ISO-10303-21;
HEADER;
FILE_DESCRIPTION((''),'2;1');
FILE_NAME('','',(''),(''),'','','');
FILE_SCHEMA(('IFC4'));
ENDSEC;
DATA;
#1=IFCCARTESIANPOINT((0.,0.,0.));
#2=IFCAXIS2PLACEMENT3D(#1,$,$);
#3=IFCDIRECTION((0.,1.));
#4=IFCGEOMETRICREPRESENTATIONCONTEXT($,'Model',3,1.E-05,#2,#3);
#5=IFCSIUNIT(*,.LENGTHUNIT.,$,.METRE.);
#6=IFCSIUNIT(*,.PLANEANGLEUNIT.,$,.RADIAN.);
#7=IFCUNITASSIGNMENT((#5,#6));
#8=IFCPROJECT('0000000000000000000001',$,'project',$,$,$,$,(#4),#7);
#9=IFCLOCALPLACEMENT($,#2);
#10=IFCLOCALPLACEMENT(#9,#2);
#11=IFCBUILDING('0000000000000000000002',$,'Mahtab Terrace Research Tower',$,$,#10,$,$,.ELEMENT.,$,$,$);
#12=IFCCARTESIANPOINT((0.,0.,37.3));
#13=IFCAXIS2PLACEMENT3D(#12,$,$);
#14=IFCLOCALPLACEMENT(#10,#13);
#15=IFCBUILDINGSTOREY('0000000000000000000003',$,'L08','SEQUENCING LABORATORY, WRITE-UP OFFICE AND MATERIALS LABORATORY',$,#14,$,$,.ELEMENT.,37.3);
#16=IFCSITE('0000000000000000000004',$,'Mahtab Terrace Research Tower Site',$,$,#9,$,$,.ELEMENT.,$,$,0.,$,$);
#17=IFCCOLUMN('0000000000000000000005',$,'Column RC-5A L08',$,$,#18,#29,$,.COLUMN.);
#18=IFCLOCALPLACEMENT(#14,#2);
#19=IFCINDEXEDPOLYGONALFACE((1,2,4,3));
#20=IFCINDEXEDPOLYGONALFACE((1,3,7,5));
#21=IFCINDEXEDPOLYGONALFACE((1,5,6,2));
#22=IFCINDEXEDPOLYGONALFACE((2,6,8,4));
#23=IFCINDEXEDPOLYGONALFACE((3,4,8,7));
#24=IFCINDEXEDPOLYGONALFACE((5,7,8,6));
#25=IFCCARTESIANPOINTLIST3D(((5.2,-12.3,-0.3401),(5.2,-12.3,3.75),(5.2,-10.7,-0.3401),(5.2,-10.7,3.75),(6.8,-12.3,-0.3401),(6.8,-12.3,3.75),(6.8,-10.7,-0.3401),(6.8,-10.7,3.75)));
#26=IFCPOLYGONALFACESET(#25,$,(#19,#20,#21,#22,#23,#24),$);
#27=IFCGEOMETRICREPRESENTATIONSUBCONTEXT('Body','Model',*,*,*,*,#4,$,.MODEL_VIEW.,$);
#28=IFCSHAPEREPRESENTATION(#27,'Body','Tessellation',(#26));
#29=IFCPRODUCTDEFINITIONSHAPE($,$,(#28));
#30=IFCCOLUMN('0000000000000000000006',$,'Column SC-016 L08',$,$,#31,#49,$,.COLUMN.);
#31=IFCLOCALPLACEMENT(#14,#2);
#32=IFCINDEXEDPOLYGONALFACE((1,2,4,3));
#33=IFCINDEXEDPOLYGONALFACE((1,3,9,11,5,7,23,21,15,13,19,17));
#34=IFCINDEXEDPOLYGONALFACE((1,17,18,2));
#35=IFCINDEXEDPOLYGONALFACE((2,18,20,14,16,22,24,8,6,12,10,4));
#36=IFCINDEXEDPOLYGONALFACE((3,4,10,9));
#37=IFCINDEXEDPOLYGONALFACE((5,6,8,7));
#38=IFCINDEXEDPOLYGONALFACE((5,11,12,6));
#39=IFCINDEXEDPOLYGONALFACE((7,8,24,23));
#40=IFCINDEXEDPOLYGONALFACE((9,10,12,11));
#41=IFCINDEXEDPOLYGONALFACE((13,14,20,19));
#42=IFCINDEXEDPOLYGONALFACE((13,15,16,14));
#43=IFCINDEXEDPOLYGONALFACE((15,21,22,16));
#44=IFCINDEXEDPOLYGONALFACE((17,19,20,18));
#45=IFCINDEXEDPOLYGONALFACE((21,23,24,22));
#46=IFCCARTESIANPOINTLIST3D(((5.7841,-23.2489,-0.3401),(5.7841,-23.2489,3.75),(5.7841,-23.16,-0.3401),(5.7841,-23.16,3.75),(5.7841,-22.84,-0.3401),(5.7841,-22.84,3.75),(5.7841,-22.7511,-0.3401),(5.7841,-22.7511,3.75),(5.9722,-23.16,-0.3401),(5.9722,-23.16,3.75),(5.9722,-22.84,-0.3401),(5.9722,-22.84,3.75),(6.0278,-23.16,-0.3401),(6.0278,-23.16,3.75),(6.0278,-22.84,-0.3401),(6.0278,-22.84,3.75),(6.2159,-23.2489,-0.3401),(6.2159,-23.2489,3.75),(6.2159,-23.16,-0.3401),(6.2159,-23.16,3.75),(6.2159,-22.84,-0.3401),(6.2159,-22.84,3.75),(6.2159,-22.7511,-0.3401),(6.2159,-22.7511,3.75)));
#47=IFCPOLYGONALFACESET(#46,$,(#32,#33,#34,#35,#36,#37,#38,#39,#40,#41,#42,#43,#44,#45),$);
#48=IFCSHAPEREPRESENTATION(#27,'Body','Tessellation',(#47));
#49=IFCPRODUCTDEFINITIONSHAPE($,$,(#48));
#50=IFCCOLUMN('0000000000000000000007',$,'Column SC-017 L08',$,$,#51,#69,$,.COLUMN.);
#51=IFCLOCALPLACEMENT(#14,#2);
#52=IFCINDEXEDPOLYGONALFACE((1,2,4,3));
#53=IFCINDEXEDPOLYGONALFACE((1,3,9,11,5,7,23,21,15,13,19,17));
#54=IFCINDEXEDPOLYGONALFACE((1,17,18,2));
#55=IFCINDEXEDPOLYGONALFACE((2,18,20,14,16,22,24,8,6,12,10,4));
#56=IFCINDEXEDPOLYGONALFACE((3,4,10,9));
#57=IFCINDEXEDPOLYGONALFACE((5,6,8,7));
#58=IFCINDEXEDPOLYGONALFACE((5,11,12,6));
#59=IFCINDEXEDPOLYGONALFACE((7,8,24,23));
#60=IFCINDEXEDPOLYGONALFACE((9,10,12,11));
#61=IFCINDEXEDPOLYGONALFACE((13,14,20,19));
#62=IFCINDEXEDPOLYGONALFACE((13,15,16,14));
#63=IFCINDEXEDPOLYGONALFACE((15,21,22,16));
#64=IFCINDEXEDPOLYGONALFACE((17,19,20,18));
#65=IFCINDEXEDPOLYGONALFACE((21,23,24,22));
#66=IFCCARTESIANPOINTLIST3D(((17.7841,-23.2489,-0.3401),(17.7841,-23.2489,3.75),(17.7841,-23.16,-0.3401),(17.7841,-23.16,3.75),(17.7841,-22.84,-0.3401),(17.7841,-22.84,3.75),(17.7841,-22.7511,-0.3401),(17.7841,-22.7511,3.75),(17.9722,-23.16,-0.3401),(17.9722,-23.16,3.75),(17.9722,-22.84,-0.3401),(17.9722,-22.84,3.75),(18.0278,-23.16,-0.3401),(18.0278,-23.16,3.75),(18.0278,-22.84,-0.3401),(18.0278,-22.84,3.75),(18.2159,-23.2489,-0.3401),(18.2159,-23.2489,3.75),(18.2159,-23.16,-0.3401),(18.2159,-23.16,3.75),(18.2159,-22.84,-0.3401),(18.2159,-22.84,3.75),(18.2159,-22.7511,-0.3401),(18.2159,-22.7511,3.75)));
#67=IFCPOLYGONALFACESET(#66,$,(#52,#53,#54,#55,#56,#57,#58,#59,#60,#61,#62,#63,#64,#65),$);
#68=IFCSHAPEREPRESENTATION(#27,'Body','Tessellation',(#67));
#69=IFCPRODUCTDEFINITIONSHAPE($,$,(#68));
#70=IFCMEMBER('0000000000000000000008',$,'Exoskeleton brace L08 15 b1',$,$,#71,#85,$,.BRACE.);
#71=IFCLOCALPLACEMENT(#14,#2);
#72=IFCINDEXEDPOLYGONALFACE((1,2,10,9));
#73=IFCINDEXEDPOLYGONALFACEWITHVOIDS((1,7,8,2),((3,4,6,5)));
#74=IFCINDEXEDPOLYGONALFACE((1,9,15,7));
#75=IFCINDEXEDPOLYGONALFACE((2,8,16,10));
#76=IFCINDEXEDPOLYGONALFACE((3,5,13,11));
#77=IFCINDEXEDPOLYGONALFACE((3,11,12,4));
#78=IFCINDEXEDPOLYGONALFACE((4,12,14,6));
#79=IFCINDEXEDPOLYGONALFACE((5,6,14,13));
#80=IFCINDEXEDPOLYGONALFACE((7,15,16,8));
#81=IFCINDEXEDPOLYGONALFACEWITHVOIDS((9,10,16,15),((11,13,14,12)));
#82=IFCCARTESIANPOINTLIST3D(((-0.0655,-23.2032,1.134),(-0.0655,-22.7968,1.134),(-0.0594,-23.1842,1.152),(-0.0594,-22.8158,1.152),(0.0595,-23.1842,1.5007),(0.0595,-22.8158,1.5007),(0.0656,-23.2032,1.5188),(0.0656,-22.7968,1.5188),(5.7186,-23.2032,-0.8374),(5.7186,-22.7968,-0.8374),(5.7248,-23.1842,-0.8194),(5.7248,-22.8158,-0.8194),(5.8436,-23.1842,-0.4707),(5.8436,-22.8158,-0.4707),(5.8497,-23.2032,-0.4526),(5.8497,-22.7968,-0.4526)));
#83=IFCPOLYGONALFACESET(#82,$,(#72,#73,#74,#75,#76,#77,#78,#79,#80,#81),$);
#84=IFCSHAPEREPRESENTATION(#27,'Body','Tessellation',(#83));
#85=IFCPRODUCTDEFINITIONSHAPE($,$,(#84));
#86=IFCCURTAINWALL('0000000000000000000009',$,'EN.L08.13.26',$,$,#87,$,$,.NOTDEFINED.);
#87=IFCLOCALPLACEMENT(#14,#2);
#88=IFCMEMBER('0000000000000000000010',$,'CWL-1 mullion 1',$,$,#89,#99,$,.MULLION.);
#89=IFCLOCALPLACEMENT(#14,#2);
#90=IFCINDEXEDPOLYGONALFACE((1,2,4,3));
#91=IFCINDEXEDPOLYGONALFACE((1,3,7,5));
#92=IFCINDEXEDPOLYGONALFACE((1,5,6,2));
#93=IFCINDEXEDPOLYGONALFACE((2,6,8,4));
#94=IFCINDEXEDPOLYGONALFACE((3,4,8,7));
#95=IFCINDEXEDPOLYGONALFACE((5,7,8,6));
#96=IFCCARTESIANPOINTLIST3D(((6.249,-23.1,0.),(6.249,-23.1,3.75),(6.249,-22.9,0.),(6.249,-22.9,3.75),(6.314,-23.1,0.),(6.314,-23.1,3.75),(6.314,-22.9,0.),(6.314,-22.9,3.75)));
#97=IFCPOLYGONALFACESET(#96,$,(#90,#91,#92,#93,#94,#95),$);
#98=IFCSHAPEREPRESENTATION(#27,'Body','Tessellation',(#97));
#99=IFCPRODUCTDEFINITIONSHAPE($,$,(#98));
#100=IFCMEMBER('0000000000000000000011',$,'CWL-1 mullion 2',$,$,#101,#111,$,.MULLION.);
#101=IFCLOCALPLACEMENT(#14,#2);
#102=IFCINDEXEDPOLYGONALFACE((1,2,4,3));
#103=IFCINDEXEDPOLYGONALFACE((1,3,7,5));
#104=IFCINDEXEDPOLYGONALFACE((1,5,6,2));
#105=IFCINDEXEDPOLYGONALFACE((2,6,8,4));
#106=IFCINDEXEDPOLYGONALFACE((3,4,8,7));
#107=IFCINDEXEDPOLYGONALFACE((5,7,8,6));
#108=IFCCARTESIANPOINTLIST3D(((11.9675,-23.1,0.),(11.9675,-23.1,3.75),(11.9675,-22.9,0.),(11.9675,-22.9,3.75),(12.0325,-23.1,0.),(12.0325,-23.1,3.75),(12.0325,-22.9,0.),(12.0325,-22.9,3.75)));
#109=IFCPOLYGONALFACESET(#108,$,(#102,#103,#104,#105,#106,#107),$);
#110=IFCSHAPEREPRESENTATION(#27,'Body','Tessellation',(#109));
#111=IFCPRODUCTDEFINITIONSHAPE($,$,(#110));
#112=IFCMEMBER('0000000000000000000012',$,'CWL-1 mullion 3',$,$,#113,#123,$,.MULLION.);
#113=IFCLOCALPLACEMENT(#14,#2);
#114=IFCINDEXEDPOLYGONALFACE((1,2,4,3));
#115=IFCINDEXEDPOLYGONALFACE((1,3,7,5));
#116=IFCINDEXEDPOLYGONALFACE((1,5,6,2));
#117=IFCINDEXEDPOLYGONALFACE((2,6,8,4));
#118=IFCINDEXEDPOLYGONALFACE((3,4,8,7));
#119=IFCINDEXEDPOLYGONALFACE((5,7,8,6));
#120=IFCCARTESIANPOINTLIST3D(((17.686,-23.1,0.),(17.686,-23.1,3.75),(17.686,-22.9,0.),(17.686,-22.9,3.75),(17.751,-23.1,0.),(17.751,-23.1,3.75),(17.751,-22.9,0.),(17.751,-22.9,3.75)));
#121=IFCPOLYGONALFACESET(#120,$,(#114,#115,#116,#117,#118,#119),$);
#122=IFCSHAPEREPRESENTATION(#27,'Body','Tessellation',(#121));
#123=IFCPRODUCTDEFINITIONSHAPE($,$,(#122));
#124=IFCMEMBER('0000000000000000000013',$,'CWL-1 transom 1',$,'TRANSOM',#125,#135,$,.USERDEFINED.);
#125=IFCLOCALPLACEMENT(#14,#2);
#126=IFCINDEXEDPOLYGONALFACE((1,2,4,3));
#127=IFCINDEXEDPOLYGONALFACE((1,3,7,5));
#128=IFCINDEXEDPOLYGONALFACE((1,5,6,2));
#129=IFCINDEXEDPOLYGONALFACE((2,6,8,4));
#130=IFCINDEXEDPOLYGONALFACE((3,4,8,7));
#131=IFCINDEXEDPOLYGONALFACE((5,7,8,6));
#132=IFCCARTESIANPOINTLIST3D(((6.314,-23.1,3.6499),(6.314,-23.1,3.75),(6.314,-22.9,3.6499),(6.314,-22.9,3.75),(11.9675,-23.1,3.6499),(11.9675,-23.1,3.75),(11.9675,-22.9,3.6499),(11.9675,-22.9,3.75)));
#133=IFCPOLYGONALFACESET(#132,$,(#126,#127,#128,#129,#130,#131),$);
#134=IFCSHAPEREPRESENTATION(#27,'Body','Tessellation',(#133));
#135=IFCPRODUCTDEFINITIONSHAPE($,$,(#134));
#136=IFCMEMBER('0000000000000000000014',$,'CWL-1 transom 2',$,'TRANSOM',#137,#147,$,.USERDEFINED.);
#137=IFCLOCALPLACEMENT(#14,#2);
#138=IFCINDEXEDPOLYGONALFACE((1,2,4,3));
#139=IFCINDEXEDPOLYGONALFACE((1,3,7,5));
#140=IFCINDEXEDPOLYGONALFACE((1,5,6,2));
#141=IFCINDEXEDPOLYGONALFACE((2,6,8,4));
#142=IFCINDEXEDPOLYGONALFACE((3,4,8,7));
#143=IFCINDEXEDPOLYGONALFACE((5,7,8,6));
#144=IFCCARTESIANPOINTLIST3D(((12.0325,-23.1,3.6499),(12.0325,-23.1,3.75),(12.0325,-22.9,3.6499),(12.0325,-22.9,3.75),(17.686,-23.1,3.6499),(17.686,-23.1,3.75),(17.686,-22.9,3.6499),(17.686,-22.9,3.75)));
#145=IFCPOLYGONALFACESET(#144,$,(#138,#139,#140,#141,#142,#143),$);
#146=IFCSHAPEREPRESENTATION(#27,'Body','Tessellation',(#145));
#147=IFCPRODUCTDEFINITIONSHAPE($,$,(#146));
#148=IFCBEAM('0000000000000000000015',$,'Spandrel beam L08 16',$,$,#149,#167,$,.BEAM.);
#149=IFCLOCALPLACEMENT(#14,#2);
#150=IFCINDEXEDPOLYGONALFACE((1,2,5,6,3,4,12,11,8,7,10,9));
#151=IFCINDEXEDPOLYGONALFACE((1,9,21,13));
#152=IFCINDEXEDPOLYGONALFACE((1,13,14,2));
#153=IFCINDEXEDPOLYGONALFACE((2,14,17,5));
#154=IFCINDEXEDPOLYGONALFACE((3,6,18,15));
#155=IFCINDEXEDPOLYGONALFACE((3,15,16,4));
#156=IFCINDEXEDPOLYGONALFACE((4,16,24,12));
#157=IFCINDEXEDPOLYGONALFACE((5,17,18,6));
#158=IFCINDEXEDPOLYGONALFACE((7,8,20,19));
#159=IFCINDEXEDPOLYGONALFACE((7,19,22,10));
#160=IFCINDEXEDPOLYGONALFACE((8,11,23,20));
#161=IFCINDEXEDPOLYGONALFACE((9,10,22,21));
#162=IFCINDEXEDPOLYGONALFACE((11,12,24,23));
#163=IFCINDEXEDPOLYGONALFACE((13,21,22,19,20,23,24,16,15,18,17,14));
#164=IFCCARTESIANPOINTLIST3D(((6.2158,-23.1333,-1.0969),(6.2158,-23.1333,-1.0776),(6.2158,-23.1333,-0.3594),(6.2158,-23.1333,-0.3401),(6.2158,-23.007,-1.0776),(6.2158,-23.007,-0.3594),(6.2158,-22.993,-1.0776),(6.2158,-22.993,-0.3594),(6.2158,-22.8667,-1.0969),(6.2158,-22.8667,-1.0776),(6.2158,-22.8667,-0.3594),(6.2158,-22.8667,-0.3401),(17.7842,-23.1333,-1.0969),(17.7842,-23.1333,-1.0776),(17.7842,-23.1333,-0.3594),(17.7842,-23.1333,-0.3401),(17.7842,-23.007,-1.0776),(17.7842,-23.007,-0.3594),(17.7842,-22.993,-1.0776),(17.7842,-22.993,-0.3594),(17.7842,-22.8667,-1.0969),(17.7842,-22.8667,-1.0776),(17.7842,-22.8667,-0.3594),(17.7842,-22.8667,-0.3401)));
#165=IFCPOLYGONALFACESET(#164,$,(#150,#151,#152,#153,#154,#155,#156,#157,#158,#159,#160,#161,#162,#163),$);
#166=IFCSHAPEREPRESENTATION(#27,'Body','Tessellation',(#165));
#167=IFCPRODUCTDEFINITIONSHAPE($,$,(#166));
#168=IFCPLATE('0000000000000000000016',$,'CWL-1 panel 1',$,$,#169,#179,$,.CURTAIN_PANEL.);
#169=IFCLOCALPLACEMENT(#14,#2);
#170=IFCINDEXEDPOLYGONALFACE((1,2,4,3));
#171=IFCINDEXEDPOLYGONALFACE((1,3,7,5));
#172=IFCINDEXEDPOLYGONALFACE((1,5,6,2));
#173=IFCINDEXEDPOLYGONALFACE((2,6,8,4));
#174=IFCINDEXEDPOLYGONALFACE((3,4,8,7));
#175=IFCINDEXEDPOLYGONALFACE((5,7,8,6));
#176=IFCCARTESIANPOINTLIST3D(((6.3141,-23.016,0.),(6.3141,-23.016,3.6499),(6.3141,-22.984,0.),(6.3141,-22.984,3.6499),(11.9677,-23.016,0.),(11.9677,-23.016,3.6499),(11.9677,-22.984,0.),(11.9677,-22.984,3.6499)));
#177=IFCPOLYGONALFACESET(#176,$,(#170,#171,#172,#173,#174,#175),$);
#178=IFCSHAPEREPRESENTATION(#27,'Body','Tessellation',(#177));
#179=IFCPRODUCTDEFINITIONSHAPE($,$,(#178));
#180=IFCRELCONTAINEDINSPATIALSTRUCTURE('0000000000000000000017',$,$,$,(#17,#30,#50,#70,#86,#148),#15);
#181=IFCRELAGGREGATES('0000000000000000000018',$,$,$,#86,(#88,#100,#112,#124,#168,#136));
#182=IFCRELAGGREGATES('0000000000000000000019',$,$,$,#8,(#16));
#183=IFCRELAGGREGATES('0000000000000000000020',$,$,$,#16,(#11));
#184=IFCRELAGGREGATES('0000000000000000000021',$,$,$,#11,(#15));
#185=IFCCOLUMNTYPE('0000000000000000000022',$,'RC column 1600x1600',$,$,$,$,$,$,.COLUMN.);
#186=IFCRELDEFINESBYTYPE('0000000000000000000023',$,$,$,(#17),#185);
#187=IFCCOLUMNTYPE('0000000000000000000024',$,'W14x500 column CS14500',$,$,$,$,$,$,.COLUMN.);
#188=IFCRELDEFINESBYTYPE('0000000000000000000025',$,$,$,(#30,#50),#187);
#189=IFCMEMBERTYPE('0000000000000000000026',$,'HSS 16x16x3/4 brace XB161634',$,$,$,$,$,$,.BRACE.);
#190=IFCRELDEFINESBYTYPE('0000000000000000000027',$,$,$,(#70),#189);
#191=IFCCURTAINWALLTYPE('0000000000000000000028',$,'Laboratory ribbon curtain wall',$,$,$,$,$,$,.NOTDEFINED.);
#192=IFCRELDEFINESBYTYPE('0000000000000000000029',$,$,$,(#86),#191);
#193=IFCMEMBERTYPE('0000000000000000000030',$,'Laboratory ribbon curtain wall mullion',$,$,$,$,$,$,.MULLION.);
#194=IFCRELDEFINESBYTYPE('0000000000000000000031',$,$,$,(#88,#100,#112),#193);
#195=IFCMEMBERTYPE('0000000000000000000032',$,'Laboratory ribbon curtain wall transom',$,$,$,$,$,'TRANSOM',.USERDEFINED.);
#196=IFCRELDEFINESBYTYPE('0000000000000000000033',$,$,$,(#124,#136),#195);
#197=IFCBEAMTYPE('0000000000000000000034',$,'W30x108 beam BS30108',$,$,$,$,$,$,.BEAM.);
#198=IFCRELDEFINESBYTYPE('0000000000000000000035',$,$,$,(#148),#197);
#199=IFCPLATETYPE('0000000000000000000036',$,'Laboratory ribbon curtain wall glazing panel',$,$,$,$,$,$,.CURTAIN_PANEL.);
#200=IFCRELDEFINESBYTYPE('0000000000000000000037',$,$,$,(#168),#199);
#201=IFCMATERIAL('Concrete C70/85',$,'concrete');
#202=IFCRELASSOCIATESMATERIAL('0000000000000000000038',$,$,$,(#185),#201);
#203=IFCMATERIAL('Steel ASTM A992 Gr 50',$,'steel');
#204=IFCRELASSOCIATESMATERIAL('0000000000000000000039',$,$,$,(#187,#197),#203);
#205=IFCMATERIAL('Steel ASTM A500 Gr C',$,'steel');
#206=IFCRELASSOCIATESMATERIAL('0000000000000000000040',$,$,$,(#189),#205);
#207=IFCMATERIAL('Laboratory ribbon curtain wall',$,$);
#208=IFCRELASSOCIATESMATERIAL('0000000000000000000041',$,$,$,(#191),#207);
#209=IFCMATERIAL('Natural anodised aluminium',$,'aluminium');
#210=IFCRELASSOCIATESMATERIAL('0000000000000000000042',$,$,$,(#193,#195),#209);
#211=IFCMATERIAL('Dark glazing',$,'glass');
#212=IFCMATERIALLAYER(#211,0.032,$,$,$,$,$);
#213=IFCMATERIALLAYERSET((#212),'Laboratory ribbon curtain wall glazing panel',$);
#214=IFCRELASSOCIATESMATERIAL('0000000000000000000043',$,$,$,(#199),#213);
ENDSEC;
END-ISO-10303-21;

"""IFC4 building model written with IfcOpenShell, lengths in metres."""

from ifc_helpers import new_model, si_unit, direction, frame, origin, origin_2d, place, context, subcontext, project, spatial, rectangle, hollow_rectangle, i_section, extrude, material, layer, layer_set, material_profile, profile_set, type_object, element, aggregate, save


model = new_model("IFC4")

# Units and contexts
model_context = context("Model", 3, precision=1e-05, world=origin(), true_north=direction((0.0, 1.0)))
body_context = subcontext(model_context, "Body", "Model", "MODEL_VIEW")
ifc_project = project(units=[si_unit("LENGTHUNIT", "METRE"), si_unit("PLANEANGLEUNIT", "RADIAN")], contexts=[model_context])

# Site, building, storey
site_placement = place(None, origin())
site = spatial("IfcSite", under=ifc_project, at=site_placement, Name="Mahtab Terrace Research Tower Site", CompositionType="ELEMENT", RefElevation=0.0)
building_placement = place(site_placement, origin())
building = spatial("IfcBuilding", under=site, at=building_placement, Name="Mahtab Terrace Research Tower", CompositionType="ELEMENT")
storey_placement = place(building_placement, frame((0.0, 0.0, 37.3)))
storey = spatial("IfcBuildingStorey", under=building, at=storey_placement, Name="L08", Description="SEQUENCING LABORATORY, WRITE-UP OFFICE AND MATERIALS LABORATORY", CompositionType="ELEMENT", Elevation=37.3)

# Columns
ifc_material_1 = material(Name="Concrete C70/85", Category="concrete")
ifc_material_profile_1 = material_profile(ifc_material_1, rectangle(XDim=1.6001, YDim=1.6001, at=origin_2d()), Name="RC column 1600x1600")
ifc_profile_set_1 = profile_set([ifc_material_profile_1], Name="Concrete C70/85")
column_type_1 = type_object("IfcColumnType", Name="RC column 1600x1600", PredefinedType="COLUMN", material=ifc_profile_set_1)
column_placement = place(storey_placement, frame((6.0, -11.5, -0.3401), z_axis=(0.0, 0.0, 1.0), x_axis=(1.0, 0.0, 0.0)))
element("IfcColumn", 1, at=column_placement, inside=storey, type_object=column_type_1, Name="Column RC-5A L08", PredefinedType="COLUMN", context=body_context, shape_type="SweptSolid", body=[
    extrude(rectangle(XDim=1.6001, YDim=1.6001, at=origin_2d()), origin(), (0.0, 0.0, 1.0), 4.0901),
])
ifc_material_2 = material(Name="Steel ASTM A992 Gr 50", Category="steel")
ifc_material_profile_2 = material_profile(ifc_material_2, i_section(OverallWidth=0.4319, OverallDepth=0.4978, WebThickness=0.0557, FlangeThickness=0.0889, at=origin_2d()), Name="W14X500")
ifc_profile_set_2 = profile_set([ifc_material_profile_2], Name="Steel ASTM A992 Gr 50")
column_type_2 = type_object("IfcColumnType", Name="W14x500 column CS14500", PredefinedType="COLUMN", material=ifc_profile_set_2)
for number, where, z_axis, x_axis, name in (
    (2, (6.0, -23.0, -0.3401), (0.0, 0.0, 1.0), (1.0, 0.0, 0.0), "Column SC-016 L08"),
    (3, (18.0, -23.0, -0.3401), (0.0, 0.0, 1.0), (1.0, 0.0, 0.0), "Column SC-017 L08"),
):
    element("IfcColumn", number, at=place(storey_placement, frame(where, z_axis=z_axis, x_axis=x_axis)), inside=storey, type_object=column_type_2, Name=name, PredefinedType="COLUMN", context=body_context, shape_type="SweptSolid", body=[
        extrude(i_section(OverallWidth=0.4319, OverallDepth=0.4978, WebThickness=0.0557, FlangeThickness=0.0889, at=origin_2d()), origin(), (0.0, 0.0, 1.0), 4.0901),
    ])

# Member
ifc_material_3 = material(Name="Steel ASTM A500 Gr C", Category="steel")
ifc_material_profile_3 = material_profile(ifc_material_3, hollow_rectangle(XDim=0.4065, YDim=0.4065, WallThickness=0.019, at=origin_2d()), Name="HSS16X16X3/4")
ifc_profile_set_3 = profile_set([ifc_material_profile_3], Name="Steel ASTM A500 Gr C")
member_type_1 = type_object("IfcMemberType", Name="HSS 16x16x3/4 brace XB161634", PredefinedType="BRACE", material=ifc_profile_set_3)
member_1_placement = place(storey_placement, frame((5.7842, -23.0, -0.645), z_axis=(-0.946532, 0.0, 0.322609), x_axis=(0.0, -1.0, 0.0)))
element("IfcMember", 4, at=member_1_placement, inside=storey, type_object=member_type_1, Name="Exoskeleton brace L08 15 b1", PredefinedType="BRACE", context=body_context, shape_type="SweptSolid", body=[
    extrude(hollow_rectangle(XDim=0.4065, YDim=0.4065, WallThickness=0.019, at=origin_2d()), origin(), (0.0, 0.0, 1.0), 6.1108),
])

# Curtain wall, members
ifc_material_4 = material(Name="Laboratory ribbon curtain wall")
curtain_wall_type = type_object("IfcCurtainWallType", Name="Laboratory ribbon curtain wall", PredefinedType="NOTDEFINED", material=ifc_material_4)
curtain_wall_placement = place(storey_placement, origin())
curtain_wall = element("IfcCurtainWall", 5, at=curtain_wall_placement, inside=storey, type_object=curtain_wall_type, Name="EN.L08.13.26", PredefinedType="NOTDEFINED")
ifc_material_5 = material(Name="Natural anodised aluminium", Category="aluminium")
ifc_material_profile_4 = material_profile(ifc_material_5, rectangle(XDim=0.2, YDim=0.0649, at=origin_2d()), Name="MULLION 65x200")
ifc_profile_set_4 = profile_set([ifc_material_profile_4], Name="Natural anodised aluminium")
member_type_2 = type_object("IfcMemberType", Name="Laboratory ribbon curtain wall mullion", PredefinedType="MULLION", material=ifc_profile_set_4)
member_2_placement = place(storey_placement, frame((6.2815, -23.0, 0.0), z_axis=(0.0, 0.0, 1.0), x_axis=(0.0, 1.0, 0.0)))
member_2 = element("IfcMember", 6, at=member_2_placement, type_object=member_type_2, Name="CWL-1 mullion 1", PredefinedType="MULLION", context=body_context, shape_type="SweptSolid", body=[
    extrude(rectangle(XDim=0.2, YDim=0.0649, at=origin_2d()), origin(), (0.0, 0.0, 1.0), 3.75),
])
member_3_placement = place(storey_placement, frame((12.0, -23.0, 0.0), z_axis=(0.0, 0.0, 1.0), x_axis=(0.0, 1.0, 0.0)))
member_3 = element("IfcMember", 7, at=member_3_placement, type_object=member_type_2, Name="CWL-1 mullion 2", PredefinedType="MULLION", context=body_context, shape_type="SweptSolid", body=[
    extrude(rectangle(XDim=0.2, YDim=0.0649, at=origin_2d()), origin(), (0.0, 0.0, 1.0), 3.75),
])
member_4_placement = place(storey_placement, frame((17.7185, -23.0, 0.0), z_axis=(0.0, 0.0, 1.0), x_axis=(0.0, 1.0, 0.0)))
member_4 = element("IfcMember", 8, at=member_4_placement, type_object=member_type_2, Name="CWL-1 mullion 3", PredefinedType="MULLION", context=body_context, shape_type="SweptSolid", body=[
    extrude(rectangle(XDim=0.2, YDim=0.0649, at=origin_2d()), origin(), (0.0, 0.0, 1.0), 3.75),
])
ifc_material_profile_5 = material_profile(ifc_material_5, rectangle(XDim=0.2, YDim=0.1001, at=origin_2d()), Name="TRANSOM 100x200")
ifc_profile_set_5 = profile_set([ifc_material_profile_5], Name="Natural anodised aluminium")
member_type_3 = type_object("IfcMemberType", Name="Laboratory ribbon curtain wall transom", ElementType="TRANSOM", PredefinedType="USERDEFINED", material=ifc_profile_set_5)
member_5_placement = place(storey_placement, frame((6.314, -23.0, 3.7), z_axis=(1.0, 0.0, 0.0), x_axis=(0.0, 1.0, 0.0)))
member_5 = element("IfcMember", 9, at=member_5_placement, type_object=member_type_3, Name="CWL-1 transom 1", ObjectType="TRANSOM", PredefinedType="USERDEFINED", context=body_context, shape_type="SweptSolid", body=[
    extrude(rectangle(XDim=0.2, YDim=0.1001, at=origin_2d()), origin(), (0.0, 0.0, 1.0), 5.6536),
])
member_6_placement = place(storey_placement, frame((12.0325, -23.0, 3.7), z_axis=(1.0, 0.0, 0.0), x_axis=(0.0, 1.0, 0.0)))
member_6 = element("IfcMember", 10, at=member_6_placement, type_object=member_type_3, Name="CWL-1 transom 2", ObjectType="TRANSOM", PredefinedType="USERDEFINED", context=body_context, shape_type="SweptSolid", body=[
    extrude(rectangle(XDim=0.2, YDim=0.1001, at=origin_2d()), origin(), (0.0, 0.0, 1.0), 5.6536),
])

# Beam
ifc_material_profile_6 = material_profile(ifc_material_2, i_section(OverallWidth=0.2666, OverallDepth=0.7568, WebThickness=0.0139, FlangeThickness=0.0193, at=origin_2d()), Name="W30X108")
ifc_profile_set_6 = profile_set([ifc_material_profile_6], Name="Steel ASTM A992 Gr 50")
beam_type = type_object("IfcBeamType", Name="W30x108 beam BS30108", PredefinedType="BEAM", material=ifc_profile_set_6)
beam_placement = place(storey_placement, frame((6.2158, -23.0, -0.7185), z_axis=(1.0, 0.0, 0.0), x_axis=(0.0, 1.0, 0.0)))
element("IfcBeam", 11, at=beam_placement, inside=storey, type_object=beam_type, Name="Spandrel beam L08 16", PredefinedType="BEAM", context=body_context, shape_type="SweptSolid", body=[
    extrude(i_section(OverallWidth=0.2666, OverallDepth=0.7568, WebThickness=0.0139, FlangeThickness=0.0193, at=origin_2d()), origin(), (0.0, 0.0, 1.0), 11.5684),
])

# Plate
ifc_material_6 = material(Name="Dark glazing", Category="glass")
ifc_layer_1 = layer(ifc_material_6, 0.032)
ifc_layer_set_1 = layer_set([ifc_layer_1], Name="Laboratory ribbon curtain wall glazing panel")
plate_type = type_object("IfcPlateType", Name="Laboratory ribbon curtain wall glazing panel", PredefinedType="CURTAIN_PANEL", material=ifc_layer_set_1)
plate_1_placement = place(storey_placement, frame((9.1409, -23.0, 0.0), z_axis=(0.0, 0.0, 1.0), x_axis=(1.0, 0.0, 0.0)))
plate_1 = element("IfcPlate", 12, at=plate_1_placement, type_object=plate_type, Name="CWL-1 panel 1", PredefinedType="CURTAIN_PANEL", context=body_context, shape_type="SweptSolid", body=[
    extrude(rectangle(XDim=5.6536, YDim=0.032, at=origin_2d()), origin(), (0.0, 0.0, 1.0), 3.6499),
])
aggregate(curtain_wall, [member_2, member_3, member_4, member_5, plate_1, member_6])

save(model, "model.ifc")
